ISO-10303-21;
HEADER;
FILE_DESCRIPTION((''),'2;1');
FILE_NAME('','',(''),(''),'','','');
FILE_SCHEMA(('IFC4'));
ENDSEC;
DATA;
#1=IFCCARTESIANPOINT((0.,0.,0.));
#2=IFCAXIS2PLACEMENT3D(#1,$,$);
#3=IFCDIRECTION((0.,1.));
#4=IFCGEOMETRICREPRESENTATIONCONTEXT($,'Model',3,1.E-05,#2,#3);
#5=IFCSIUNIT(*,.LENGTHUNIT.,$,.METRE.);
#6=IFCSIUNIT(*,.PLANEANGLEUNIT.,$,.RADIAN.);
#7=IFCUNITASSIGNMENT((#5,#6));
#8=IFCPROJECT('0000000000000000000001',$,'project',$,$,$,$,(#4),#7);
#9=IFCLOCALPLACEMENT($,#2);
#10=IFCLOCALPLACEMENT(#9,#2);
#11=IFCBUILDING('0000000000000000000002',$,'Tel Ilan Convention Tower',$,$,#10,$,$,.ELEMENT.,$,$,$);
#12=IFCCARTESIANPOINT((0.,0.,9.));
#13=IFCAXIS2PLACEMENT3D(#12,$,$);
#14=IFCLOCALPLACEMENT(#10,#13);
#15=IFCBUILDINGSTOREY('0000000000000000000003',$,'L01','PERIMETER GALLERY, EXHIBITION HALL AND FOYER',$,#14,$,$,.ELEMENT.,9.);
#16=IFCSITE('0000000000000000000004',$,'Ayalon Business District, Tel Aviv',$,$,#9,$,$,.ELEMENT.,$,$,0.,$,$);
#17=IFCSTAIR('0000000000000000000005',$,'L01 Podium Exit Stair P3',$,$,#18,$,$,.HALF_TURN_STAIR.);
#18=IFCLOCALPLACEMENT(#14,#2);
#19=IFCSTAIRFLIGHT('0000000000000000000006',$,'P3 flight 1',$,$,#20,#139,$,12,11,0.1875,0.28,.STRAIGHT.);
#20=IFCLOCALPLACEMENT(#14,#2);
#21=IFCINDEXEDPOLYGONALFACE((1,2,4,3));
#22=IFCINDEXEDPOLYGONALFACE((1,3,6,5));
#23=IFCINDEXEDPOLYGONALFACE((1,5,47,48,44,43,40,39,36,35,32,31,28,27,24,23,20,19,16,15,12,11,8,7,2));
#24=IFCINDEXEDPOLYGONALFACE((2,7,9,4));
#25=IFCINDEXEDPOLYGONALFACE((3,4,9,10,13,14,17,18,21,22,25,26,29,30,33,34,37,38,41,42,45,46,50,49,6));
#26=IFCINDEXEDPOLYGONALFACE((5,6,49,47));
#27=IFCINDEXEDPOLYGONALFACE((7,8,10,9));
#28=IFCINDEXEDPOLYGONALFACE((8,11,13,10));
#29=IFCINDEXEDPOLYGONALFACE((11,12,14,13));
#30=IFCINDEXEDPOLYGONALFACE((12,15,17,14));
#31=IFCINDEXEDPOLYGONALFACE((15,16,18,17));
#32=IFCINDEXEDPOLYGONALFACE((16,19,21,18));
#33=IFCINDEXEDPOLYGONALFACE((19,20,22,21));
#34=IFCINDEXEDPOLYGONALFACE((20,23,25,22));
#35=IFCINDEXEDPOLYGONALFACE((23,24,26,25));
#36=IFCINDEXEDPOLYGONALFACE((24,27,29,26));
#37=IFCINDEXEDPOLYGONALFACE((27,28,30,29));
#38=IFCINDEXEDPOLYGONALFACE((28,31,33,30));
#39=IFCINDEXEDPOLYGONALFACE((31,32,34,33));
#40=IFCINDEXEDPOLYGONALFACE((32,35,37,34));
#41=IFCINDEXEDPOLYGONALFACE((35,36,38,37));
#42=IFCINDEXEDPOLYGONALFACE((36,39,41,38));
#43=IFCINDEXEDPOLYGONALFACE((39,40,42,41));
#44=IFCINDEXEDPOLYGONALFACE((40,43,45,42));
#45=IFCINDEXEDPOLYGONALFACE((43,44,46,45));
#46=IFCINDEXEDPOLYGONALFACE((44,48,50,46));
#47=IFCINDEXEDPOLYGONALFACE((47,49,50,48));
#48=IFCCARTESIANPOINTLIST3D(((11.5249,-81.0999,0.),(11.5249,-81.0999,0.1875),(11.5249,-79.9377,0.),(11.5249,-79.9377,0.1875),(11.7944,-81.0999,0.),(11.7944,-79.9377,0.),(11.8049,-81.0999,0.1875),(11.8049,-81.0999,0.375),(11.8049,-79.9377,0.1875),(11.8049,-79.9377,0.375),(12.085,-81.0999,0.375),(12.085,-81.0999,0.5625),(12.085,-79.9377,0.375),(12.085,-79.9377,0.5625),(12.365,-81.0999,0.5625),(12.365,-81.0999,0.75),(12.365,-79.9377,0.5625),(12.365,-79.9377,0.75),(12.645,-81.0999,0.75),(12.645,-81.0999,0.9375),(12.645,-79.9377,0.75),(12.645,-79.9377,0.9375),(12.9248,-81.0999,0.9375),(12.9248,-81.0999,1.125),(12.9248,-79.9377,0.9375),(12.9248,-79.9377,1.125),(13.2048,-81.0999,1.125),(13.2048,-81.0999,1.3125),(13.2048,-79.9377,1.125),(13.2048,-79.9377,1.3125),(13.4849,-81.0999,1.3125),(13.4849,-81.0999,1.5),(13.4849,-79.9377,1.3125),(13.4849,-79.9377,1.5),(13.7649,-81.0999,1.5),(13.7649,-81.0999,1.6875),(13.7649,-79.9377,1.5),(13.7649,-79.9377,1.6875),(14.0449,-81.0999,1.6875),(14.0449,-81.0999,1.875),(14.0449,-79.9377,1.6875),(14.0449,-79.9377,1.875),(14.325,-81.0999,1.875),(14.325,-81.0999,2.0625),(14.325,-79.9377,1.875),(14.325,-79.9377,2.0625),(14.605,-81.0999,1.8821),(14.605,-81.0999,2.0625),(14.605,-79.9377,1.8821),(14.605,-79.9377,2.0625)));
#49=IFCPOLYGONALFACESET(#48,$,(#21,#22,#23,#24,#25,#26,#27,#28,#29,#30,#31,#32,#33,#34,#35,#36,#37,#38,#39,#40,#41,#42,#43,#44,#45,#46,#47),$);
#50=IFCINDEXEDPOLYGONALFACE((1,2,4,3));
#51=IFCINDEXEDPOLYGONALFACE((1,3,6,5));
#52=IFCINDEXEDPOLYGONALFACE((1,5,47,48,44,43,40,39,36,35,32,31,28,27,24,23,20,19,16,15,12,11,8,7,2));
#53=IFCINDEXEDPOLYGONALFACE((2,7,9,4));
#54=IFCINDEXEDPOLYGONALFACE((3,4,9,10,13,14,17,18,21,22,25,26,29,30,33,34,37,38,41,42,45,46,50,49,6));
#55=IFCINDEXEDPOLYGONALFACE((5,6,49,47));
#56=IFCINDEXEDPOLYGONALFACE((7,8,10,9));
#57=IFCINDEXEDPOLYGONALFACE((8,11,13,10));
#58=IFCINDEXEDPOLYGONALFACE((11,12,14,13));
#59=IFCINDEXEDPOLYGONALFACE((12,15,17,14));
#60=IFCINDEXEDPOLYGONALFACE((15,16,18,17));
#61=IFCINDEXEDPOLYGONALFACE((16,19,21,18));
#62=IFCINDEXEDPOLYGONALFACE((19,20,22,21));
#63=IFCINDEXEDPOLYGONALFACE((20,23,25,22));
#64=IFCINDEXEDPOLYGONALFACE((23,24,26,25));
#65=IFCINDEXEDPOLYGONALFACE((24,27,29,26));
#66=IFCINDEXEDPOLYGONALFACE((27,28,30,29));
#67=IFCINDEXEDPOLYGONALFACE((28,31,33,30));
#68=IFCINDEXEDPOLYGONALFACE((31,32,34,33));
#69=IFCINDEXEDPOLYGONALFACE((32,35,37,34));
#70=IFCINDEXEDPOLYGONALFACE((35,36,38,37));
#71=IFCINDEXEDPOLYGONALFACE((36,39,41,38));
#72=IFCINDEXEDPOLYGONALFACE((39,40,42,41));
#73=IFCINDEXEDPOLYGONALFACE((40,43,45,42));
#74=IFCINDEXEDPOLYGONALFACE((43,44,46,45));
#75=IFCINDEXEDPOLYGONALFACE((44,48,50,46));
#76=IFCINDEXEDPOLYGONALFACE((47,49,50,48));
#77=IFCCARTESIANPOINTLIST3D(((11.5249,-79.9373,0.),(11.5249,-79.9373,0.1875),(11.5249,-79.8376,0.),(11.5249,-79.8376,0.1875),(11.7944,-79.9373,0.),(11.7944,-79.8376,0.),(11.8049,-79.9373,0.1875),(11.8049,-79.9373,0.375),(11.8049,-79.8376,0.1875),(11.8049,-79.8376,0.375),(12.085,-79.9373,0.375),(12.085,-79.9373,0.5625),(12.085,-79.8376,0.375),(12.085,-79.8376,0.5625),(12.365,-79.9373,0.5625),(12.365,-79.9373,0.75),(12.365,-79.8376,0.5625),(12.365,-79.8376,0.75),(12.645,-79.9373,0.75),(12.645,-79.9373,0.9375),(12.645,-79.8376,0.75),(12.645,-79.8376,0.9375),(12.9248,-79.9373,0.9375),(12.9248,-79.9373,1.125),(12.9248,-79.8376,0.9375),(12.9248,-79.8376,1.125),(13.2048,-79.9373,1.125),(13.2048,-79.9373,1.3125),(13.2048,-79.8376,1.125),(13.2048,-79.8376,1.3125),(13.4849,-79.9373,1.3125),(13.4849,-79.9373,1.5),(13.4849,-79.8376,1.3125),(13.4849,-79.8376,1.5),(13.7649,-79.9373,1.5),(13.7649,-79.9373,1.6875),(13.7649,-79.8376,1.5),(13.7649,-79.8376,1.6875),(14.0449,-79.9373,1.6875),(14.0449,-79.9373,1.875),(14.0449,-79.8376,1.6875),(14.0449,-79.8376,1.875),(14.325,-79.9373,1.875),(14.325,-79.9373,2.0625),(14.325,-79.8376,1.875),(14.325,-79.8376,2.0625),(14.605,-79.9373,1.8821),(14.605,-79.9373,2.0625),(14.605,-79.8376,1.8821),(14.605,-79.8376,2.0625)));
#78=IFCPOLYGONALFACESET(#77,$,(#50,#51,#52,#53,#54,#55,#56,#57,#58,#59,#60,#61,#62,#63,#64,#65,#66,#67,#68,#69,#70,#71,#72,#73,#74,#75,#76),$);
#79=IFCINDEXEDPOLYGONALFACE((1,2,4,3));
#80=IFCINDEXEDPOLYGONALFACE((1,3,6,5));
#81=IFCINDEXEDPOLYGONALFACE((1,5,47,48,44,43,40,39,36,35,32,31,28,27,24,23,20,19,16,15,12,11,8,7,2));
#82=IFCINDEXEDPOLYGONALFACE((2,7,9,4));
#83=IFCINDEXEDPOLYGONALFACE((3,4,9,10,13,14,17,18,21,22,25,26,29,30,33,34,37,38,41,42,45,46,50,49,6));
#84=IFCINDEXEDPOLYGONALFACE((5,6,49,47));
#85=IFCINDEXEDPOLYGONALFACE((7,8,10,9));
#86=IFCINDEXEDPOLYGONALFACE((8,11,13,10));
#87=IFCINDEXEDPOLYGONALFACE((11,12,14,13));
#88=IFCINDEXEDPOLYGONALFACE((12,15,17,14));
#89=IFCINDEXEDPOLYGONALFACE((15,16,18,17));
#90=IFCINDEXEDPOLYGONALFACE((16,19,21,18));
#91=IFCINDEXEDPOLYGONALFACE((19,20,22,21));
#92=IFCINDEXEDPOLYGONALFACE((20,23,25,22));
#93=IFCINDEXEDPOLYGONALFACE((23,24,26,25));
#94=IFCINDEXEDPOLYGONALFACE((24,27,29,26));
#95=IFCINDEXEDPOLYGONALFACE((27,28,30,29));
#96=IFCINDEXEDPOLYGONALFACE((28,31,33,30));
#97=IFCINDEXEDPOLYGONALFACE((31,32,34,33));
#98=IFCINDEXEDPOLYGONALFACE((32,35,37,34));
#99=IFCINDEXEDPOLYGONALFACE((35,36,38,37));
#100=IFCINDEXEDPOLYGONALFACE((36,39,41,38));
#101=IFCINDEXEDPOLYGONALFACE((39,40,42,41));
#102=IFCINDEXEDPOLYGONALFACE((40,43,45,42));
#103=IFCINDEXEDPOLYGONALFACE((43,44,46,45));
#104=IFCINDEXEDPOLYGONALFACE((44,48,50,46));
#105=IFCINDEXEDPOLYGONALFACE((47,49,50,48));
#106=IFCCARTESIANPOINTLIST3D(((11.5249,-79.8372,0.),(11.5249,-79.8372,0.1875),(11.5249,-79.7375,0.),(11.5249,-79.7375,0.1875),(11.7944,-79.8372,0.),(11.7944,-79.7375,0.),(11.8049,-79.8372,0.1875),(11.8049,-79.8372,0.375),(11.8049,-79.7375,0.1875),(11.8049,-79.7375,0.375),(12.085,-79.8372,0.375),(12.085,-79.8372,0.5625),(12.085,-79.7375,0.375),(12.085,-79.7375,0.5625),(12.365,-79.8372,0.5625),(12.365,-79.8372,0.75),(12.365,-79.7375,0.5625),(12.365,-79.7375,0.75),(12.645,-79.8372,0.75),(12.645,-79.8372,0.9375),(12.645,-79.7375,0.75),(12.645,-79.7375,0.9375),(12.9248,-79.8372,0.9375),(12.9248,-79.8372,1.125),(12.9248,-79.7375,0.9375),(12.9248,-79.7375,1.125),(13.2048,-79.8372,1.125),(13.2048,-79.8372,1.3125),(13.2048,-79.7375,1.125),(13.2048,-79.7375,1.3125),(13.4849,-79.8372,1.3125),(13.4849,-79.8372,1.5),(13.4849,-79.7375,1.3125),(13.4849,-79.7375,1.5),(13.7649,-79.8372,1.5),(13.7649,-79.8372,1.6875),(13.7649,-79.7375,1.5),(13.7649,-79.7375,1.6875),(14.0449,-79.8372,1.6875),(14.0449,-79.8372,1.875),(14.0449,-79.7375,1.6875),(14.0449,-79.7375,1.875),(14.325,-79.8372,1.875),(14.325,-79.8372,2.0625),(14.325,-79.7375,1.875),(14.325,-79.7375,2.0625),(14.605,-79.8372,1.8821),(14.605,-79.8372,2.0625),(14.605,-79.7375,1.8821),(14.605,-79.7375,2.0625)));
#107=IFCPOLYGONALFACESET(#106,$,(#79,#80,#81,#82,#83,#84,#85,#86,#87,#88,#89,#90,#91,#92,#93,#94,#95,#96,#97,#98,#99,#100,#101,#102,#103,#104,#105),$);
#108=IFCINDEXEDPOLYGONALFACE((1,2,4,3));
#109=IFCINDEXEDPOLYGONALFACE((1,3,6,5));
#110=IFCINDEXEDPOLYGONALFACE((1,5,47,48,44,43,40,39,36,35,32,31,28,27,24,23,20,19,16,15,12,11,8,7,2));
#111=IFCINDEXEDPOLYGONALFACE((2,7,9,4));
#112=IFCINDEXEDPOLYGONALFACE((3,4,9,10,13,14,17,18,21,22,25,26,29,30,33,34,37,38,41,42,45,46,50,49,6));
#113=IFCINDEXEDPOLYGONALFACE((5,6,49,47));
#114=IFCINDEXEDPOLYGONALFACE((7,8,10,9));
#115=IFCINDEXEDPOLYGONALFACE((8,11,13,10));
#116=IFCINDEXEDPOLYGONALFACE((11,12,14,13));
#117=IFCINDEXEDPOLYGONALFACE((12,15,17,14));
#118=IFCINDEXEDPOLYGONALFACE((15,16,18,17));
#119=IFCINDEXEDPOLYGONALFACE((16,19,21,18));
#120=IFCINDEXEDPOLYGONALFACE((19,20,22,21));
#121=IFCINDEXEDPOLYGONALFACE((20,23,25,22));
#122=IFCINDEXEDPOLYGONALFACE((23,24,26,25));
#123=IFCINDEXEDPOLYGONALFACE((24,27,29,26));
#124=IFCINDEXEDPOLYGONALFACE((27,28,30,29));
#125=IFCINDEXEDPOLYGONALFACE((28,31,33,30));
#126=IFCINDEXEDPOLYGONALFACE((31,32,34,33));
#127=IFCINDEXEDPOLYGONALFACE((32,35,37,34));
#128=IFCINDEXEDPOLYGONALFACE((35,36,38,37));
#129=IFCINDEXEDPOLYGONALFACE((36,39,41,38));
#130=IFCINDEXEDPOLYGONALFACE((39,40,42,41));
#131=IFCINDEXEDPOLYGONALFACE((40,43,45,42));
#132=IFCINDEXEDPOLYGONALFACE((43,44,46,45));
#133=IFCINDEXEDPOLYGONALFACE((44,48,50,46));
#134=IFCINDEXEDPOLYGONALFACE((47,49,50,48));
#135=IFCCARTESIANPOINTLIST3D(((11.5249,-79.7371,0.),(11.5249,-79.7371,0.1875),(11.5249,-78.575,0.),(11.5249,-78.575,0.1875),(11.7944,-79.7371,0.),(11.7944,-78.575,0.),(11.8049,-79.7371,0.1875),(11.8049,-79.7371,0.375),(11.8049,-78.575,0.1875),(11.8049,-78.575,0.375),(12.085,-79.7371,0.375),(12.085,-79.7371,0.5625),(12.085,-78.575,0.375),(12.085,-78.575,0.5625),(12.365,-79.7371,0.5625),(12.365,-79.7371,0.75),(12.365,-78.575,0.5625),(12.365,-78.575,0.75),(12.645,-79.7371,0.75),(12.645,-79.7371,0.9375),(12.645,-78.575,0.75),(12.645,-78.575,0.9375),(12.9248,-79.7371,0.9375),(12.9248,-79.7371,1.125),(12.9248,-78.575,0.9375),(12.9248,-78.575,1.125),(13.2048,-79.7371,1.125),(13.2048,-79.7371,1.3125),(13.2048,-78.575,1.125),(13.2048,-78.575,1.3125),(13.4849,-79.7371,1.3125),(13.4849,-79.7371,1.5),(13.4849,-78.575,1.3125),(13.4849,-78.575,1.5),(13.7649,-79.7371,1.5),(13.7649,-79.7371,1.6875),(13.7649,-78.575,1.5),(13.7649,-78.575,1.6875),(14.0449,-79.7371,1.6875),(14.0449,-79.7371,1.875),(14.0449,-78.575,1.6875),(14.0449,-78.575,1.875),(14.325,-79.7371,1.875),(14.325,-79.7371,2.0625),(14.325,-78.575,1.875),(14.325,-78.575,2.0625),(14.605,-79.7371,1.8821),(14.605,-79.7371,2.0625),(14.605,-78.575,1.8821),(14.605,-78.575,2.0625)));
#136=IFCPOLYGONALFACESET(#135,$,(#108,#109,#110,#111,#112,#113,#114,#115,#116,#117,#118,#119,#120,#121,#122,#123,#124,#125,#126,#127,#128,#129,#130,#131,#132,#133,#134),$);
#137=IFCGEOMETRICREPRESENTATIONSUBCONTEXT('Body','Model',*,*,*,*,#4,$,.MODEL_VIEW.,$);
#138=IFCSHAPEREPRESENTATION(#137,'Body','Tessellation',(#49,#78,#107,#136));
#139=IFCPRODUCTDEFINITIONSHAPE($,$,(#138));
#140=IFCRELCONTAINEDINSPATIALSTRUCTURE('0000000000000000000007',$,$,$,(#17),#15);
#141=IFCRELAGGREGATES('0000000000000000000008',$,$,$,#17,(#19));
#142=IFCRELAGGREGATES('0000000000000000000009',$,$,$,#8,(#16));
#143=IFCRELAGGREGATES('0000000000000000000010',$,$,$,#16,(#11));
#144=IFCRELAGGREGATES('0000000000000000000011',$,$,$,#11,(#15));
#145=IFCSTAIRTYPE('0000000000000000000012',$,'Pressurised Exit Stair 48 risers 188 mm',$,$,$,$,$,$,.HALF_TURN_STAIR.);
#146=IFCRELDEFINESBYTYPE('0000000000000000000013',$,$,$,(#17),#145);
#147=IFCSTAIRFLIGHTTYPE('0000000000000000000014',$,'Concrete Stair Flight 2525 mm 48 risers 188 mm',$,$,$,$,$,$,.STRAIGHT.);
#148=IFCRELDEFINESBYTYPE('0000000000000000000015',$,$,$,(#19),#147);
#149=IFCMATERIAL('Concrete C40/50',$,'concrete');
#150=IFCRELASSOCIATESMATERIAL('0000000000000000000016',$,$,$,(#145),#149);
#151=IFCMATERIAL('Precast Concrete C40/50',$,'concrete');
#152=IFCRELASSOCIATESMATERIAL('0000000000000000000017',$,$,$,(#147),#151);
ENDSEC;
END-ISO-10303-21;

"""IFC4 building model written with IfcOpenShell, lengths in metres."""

from ifc_helpers import new_model, si_unit, direction, frame, origin, place, context, subcontext, project, spatial, polyline, outline, extrude, material, type_object, element, aggregate, save


model = new_model("IFC4")

# Units and contexts
model_context = context("Model", 3, precision=1e-05, world=origin(), true_north=direction((0.0, 1.0)))
body_context = subcontext(model_context, "Body", "Model", "MODEL_VIEW")
ifc_project = project(units=[si_unit("LENGTHUNIT", "METRE"), si_unit("PLANEANGLEUNIT", "RADIAN")], contexts=[model_context])

# Site, building, storey
site_placement = place(None, origin())
site = spatial("IfcSite", under=ifc_project, at=site_placement, Name="Ayalon Business District, Tel Aviv", CompositionType="ELEMENT", RefElevation=0.0)
building_placement = place(site_placement, origin())
building = spatial("IfcBuilding", under=site, at=building_placement, Name="Tel Ilan Convention Tower", CompositionType="ELEMENT")
storey_placement = place(building_placement, frame((0.0, 0.0, 9.0)))
storey = spatial("IfcBuildingStorey", under=building, at=storey_placement, Name="L01", Description="PERIMETER GALLERY, EXHIBITION HALL AND FOYER", CompositionType="ELEMENT", Elevation=9.0)

# Stair, stair flight
ifc_material_1 = material(Name="Concrete C40/50", Category="concrete")
stair_type = type_object("IfcStairType", Name="Pressurised Exit Stair 48 risers 188 mm", PredefinedType="HALF_TURN_STAIR", material=ifc_material_1)
stair_placement = place(storey_placement, origin())
stair = element("IfcStair", 1, at=stair_placement, inside=storey, type_object=stair_type, Name="L01 Podium Exit Stair P3", PredefinedType="HALF_TURN_STAIR")
ifc_material_2 = material(Name="Precast Concrete C40/50", Category="concrete")
stair_flight_type = type_object("IfcStairFlightType", Name="Concrete Stair Flight 2525 mm 48 risers 188 mm", PredefinedType="STRAIGHT", material=ifc_material_2)
stair_flight_1_placement = place(storey_placement, frame((11.5249, -79.8374, 0.0), z_axis=(0.0, 0.0, 1.0), x_axis=(1.0, 0.0, 0.0)))
stair_flight_1 = element("IfcStairFlight", 2, at=stair_flight_1_placement, type_object=stair_flight_type, Name="P3 flight 1", NumberOfRisers=12, NumberOfTreads=11, PredefinedType="STRAIGHT", RiserHeight=0.1875, TreadLength=0.28, context=body_context, shape_type="SweptSolid", body=[
    extrude(outline(polyline([(0.0, 0.0), (0.0, 0.1875), (0.28, 0.1875), (0.28, 0.375), (0.5601, 0.375), (0.5601, 0.5625), (0.8401, 0.5625), (0.8401, 0.75), (1.1201, 0.75), (1.1201, 0.9375), (1.3999, 0.9375), (1.3999, 1.125), (1.6799, 1.125), (1.6799, 1.3125), (1.96, 1.3125), (1.96, 1.5), (2.24, 1.5), (2.24, 1.6875), (2.52, 1.6875), (2.52, 1.875), (2.8, 1.875), (2.8, 2.0625), (3.0801, 2.0625), (3.0801, 2.25), (3.0801, 1.8821), (0.2695, 0.0), (0.0, 0.0)])), frame((0.0, -0.1003, 0.0), z_axis=(0.0, -1.0, 0.0), x_axis=(1.0, 0.0, 0.0)), (0.0, 0.0, 1.0), 1.1621),
    extrude(outline(polyline([(0.0, 0.0), (0.0, 0.1875), (0.28, 0.1875), (0.28, 0.375), (0.5601, 0.375), (0.5601, 0.5625), (0.8401, 0.5625), (0.8401, 0.75), (1.1201, 0.75), (1.1201, 0.9375), (1.3999, 0.9375), (1.3999, 1.125), (1.6799, 1.125), (1.6799, 1.3125), (1.96, 1.3125), (1.96, 1.5), (2.24, 1.5), (2.24, 1.6875), (2.52, 1.6875), (2.52, 1.875), (2.8, 1.875), (2.8, 2.0625), (3.0801, 2.0625), (3.0801, 2.25), (3.0801, 1.8821), (0.2695, 0.0), (0.0, 0.0)])), frame((0.0, -0.0002, 0.0), z_axis=(0.0, -1.0, 0.0), x_axis=(1.0, 0.0, 0.0)), (0.0, 0.0, 1.0), 0.0996),
    extrude(outline(polyline([(0.0, 0.0), (0.0, 0.1875), (0.28, 0.1875), (0.28, 0.375), (0.5601, 0.375), (0.5601, 0.5625), (0.8401, 0.5625), (0.8401, 0.75), (1.1201, 0.75), (1.1201, 0.9375), (1.3999, 0.9375), (1.3999, 1.125), (1.6799, 1.125), (1.6799, 1.3125), (1.96, 1.3125), (1.96, 1.5), (2.24, 1.5), (2.24, 1.6875), (2.52, 1.6875), (2.52, 1.875), (2.8, 1.875), (2.8, 2.0625), (3.0801, 2.0625), (3.0801, 2.25), (3.0801, 1.8821), (0.2695, 0.0), (0.0, 0.0)])), frame((0.0, 0.0999, 0.0), z_axis=(0.0, -1.0, 0.0), x_axis=(1.0, 0.0, 0.0)), (0.0, 0.0, 1.0), 0.0996),
    extrude(outline(polyline([(0.0, 0.0), (0.0, 0.1875), (0.28, 0.1875), (0.28, 0.375), (0.5601, 0.375), (0.5601, 0.5625), (0.8401, 0.5625), (0.8401, 0.75), (1.1201, 0.75), (1.1201, 0.9375), (1.3999, 0.9375), (1.3999, 1.125), (1.6799, 1.125), (1.6799, 1.3125), (1.96, 1.3125), (1.96, 1.5), (2.24, 1.5), (2.24, 1.6875), (2.52, 1.6875), (2.52, 1.875), (2.8, 1.875), (2.8, 2.0625), (3.0801, 2.0625), (3.0801, 2.25), (3.0801, 1.8821), (0.2695, 0.0), (0.0, 0.0)])), frame((0.0, 1.2625, 0.0), z_axis=(0.0, -1.0, 0.0), x_axis=(1.0, 0.0, 0.0)), (0.0, 0.0, 1.0), 1.1621),
])
aggregate(stair, [stair_flight_1])

save(model, "model.ifc")
